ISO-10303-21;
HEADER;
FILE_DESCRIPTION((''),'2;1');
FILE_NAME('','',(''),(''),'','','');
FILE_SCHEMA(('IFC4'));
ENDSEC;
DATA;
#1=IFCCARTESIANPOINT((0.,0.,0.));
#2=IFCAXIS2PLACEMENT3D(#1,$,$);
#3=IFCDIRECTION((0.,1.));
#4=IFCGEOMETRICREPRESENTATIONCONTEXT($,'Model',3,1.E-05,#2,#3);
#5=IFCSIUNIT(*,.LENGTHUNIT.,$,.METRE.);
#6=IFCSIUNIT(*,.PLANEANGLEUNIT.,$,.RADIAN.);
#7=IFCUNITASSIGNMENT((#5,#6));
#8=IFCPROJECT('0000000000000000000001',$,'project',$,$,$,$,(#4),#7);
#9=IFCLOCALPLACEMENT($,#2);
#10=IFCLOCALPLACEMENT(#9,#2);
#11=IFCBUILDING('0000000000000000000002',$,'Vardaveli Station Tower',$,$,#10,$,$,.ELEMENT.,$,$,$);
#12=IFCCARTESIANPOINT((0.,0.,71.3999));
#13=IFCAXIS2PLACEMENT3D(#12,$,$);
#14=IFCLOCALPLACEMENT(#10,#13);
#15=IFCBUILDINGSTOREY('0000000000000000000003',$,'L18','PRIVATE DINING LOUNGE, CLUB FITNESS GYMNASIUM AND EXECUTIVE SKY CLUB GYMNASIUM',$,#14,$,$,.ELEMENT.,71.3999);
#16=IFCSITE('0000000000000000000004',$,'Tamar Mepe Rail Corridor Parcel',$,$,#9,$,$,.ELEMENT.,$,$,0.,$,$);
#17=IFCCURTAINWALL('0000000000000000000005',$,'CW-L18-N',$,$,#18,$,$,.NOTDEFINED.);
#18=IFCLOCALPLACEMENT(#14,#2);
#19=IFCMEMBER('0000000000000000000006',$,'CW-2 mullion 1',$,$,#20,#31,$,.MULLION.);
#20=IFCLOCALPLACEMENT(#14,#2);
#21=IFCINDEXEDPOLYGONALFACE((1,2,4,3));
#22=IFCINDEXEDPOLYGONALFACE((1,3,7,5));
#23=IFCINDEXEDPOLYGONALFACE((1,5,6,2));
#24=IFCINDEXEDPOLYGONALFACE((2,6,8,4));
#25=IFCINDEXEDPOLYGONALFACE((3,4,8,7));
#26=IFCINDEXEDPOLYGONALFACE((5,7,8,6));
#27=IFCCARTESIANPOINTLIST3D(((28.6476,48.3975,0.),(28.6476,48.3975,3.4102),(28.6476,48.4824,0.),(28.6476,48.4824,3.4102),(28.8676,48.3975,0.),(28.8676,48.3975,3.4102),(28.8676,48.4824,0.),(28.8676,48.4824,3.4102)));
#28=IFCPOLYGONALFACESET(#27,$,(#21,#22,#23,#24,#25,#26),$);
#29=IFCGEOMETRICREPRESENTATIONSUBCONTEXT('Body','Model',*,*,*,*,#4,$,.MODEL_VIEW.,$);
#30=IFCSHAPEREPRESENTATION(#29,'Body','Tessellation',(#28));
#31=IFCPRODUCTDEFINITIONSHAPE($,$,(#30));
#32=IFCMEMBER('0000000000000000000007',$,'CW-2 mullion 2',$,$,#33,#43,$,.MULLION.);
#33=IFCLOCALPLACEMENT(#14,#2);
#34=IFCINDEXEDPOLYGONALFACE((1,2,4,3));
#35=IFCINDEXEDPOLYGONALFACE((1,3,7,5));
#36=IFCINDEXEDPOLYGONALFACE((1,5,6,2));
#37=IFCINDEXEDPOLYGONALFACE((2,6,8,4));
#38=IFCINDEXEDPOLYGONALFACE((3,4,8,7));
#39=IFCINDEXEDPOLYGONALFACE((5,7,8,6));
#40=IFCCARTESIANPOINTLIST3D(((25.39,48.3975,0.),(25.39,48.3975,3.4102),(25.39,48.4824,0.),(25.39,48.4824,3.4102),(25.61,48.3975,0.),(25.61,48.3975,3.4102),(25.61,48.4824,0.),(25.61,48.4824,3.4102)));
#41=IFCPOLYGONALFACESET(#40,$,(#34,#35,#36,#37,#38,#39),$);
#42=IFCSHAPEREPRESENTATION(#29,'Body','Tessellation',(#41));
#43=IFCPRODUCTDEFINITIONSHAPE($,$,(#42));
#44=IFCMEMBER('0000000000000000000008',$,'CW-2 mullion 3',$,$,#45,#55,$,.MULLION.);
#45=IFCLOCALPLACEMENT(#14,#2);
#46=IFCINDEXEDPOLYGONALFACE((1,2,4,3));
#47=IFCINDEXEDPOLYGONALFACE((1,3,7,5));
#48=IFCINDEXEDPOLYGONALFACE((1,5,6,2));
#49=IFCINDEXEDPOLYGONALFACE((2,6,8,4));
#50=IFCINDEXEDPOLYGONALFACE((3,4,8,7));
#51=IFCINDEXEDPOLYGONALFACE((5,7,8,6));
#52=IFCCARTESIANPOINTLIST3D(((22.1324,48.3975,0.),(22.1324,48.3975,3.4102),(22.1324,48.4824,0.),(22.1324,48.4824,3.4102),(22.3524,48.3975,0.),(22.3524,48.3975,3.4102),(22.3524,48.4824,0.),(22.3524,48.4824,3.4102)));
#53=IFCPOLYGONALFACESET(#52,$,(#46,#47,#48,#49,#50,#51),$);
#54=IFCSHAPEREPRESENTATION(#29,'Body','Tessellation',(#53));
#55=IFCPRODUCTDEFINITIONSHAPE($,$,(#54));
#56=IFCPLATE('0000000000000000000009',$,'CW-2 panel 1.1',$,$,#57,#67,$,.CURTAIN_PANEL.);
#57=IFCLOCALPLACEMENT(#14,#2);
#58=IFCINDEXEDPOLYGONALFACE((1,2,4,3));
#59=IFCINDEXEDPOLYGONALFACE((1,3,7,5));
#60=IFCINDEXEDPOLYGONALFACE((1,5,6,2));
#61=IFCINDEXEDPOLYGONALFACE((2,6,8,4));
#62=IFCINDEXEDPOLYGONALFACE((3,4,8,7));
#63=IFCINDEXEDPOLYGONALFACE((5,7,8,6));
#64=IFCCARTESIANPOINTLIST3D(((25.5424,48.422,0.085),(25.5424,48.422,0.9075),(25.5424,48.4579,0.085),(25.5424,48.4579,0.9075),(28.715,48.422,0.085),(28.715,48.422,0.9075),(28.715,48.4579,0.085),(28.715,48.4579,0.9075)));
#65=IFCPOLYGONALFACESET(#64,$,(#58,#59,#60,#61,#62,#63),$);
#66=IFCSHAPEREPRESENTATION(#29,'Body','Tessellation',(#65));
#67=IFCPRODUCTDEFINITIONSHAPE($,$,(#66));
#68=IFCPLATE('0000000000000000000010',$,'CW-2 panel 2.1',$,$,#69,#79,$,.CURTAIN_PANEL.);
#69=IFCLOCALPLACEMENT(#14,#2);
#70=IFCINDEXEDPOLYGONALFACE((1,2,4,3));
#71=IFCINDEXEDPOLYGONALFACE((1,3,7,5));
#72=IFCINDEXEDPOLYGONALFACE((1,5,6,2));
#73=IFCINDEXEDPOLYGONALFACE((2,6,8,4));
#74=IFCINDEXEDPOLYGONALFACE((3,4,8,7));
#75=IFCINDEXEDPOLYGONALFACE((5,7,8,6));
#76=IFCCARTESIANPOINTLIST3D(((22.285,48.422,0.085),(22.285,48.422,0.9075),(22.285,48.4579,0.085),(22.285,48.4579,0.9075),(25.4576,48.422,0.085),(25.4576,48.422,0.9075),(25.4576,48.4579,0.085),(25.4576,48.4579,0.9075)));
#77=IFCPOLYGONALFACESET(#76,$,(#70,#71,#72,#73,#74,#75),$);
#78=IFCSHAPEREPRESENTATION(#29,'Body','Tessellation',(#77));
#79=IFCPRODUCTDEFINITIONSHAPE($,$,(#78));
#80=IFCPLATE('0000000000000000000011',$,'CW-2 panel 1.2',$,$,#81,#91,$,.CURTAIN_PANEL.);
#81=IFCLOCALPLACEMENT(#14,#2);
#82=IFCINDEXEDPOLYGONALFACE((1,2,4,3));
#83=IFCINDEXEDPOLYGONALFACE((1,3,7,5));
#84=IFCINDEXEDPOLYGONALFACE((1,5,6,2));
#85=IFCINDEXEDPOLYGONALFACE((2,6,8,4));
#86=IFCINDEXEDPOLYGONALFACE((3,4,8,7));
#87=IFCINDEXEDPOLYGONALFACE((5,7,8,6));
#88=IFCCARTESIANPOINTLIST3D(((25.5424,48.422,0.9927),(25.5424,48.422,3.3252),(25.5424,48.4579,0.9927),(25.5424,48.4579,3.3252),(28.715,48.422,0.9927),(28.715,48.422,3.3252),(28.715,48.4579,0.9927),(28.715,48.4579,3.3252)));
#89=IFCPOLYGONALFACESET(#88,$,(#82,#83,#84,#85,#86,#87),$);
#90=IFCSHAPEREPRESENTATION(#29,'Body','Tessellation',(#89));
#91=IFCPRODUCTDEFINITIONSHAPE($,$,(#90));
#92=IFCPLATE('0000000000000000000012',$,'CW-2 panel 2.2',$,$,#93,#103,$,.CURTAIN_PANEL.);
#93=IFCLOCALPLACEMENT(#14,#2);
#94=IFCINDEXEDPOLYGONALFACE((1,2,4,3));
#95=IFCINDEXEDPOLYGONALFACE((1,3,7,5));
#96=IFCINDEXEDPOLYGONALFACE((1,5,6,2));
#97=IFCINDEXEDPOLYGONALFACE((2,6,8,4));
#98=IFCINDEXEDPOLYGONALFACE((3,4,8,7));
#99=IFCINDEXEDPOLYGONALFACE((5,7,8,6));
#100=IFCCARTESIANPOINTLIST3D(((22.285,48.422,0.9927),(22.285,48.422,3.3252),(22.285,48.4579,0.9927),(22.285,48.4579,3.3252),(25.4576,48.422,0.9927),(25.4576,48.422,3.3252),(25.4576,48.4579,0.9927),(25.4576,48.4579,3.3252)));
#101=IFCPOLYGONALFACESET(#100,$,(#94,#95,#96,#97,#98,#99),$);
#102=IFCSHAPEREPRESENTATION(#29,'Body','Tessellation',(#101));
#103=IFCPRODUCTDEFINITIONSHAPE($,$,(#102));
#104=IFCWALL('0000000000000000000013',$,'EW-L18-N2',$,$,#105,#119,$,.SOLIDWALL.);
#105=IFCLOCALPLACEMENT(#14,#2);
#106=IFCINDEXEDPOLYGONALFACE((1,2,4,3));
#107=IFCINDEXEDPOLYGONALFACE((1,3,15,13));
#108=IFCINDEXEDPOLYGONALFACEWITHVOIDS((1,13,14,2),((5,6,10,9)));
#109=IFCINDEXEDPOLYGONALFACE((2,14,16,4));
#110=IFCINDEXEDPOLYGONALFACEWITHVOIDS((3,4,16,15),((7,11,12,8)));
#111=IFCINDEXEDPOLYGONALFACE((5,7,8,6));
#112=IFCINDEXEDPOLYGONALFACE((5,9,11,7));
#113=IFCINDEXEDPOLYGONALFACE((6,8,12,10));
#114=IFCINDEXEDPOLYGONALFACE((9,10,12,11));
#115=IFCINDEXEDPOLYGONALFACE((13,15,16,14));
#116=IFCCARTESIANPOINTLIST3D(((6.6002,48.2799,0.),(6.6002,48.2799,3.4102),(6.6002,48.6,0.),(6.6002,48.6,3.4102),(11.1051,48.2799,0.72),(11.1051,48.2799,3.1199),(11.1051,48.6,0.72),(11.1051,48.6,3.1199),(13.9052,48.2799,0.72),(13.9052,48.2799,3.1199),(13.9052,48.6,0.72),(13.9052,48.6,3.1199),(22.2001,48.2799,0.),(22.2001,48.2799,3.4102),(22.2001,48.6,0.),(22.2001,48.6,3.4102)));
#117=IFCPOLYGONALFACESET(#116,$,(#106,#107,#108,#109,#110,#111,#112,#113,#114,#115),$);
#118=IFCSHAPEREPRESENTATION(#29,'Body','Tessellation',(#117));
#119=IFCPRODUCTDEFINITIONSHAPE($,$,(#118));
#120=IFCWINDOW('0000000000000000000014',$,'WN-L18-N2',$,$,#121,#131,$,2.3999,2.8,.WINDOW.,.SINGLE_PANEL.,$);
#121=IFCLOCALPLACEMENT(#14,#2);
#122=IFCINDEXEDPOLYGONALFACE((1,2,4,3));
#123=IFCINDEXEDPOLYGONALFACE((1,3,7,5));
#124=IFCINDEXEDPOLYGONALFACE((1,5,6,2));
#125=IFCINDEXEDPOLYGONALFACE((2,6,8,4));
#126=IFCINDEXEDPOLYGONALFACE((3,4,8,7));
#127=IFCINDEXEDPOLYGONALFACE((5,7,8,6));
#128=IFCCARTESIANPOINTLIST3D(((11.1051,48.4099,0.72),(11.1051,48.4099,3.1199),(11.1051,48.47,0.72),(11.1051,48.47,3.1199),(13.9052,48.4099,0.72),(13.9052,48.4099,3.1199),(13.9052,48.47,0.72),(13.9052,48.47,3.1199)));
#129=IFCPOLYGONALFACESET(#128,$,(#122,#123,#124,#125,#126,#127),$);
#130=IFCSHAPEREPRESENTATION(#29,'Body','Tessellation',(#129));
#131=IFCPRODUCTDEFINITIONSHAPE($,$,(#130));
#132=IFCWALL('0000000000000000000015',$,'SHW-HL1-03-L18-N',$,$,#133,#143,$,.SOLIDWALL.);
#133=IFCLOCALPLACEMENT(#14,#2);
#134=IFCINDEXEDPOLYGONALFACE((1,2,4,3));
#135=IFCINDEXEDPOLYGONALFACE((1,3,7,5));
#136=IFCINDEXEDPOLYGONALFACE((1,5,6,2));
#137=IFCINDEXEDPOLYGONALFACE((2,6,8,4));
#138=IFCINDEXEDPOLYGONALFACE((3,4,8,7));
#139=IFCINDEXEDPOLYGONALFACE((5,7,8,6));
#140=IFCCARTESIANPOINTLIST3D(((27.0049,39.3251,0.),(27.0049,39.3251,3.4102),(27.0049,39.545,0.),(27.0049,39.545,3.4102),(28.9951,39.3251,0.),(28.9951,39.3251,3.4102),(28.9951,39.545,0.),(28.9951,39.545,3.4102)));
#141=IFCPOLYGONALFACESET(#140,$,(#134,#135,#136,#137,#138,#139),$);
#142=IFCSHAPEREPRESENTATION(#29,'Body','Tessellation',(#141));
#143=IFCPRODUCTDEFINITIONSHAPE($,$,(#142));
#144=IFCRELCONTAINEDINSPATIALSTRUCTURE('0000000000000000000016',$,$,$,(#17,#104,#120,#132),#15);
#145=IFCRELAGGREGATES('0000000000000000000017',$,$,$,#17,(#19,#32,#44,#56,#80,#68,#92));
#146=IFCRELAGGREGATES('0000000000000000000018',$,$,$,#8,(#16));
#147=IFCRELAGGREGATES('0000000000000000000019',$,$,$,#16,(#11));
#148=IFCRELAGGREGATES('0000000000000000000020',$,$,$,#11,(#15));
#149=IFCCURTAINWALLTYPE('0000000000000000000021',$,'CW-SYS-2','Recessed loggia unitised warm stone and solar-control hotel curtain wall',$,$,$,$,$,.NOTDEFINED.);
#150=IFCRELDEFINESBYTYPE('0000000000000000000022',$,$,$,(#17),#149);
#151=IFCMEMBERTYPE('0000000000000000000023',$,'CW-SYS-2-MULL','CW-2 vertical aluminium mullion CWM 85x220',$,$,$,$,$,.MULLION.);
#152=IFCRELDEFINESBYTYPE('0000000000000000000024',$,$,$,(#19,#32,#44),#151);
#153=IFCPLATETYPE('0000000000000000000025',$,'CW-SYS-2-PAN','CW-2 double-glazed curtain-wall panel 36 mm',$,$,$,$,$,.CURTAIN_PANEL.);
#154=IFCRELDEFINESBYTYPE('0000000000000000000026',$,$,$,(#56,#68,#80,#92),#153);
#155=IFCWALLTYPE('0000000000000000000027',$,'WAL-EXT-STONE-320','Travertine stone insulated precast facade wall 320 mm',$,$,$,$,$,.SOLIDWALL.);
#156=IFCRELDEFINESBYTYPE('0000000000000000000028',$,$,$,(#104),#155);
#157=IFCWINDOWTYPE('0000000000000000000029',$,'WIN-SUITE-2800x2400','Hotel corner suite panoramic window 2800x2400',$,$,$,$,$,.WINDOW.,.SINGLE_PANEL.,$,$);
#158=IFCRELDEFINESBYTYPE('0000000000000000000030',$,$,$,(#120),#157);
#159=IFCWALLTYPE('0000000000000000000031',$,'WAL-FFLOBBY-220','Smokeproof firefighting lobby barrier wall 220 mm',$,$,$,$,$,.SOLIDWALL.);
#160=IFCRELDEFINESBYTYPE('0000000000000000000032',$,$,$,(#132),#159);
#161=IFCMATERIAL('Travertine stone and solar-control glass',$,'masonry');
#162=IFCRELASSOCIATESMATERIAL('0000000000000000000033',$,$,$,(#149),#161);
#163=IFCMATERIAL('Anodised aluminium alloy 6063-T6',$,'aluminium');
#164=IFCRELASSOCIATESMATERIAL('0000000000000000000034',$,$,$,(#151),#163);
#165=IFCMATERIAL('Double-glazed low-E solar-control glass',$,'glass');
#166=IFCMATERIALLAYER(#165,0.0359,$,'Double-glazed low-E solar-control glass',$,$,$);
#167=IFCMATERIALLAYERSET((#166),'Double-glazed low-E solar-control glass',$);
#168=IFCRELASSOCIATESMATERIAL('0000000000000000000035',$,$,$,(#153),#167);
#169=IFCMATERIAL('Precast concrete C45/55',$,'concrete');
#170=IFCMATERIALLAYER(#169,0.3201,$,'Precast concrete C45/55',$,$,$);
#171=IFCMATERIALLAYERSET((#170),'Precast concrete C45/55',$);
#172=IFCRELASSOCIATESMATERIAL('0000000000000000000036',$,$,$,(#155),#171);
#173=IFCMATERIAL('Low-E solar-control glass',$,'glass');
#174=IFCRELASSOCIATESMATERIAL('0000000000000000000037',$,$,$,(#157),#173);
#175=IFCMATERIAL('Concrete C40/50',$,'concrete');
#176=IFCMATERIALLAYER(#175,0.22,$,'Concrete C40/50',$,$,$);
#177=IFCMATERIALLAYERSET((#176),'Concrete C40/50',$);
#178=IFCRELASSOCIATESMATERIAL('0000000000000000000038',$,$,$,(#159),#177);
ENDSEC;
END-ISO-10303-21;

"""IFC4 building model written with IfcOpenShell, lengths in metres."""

from ifc_helpers import new_model, si_unit, direction, frame, frame_2d, origin, origin_2d, place, context, subcontext, project, spatial, rectangle, extrude, source, transform, mapped, material, layer, layer_set, material_profile, profile_set, type_object, element, fill, aggregate, save


model = new_model("IFC4")

# Units and contexts
model_context = context("Model", 3, precision=1e-05, world=origin(), true_north=direction((0.0, 1.0)))
body_context = subcontext(model_context, "Body", "Model", "MODEL_VIEW")
ifc_project = project(units=[si_unit("LENGTHUNIT", "METRE"), si_unit("PLANEANGLEUNIT", "RADIAN")], contexts=[model_context])

# Site, building, storey
site_placement = place(None, origin())
site = spatial("IfcSite", under=ifc_project, at=site_placement, Name="Tamar Mepe Rail Corridor Parcel", CompositionType="ELEMENT", RefElevation=0.0)
building_placement = place(site_placement, origin())
building = spatial("IfcBuilding", under=site, at=building_placement, Name="Vardaveli Station Tower", CompositionType="ELEMENT")
storey_placement = place(building_placement, frame((0.0, 0.0, 71.3999)))
storey = spatial("IfcBuildingStorey", under=building, at=storey_placement, Name="L18", Description="PRIVATE DINING LOUNGE, CLUB FITNESS GYMNASIUM AND EXECUTIVE SKY CLUB GYMNASIUM", CompositionType="ELEMENT", Elevation=71.3999)

# Shared definitions
ifc_material_1 = material(Name="Precast concrete C45/55", Category="concrete")

# Curtain wall, members, plates
ifc_material_2 = material(Name="Travertine stone and solar-control glass", Category="masonry")
curtain_wall_type = type_object("IfcCurtainWallType", Name="CW-SYS-2", Description="Recessed loggia unitised warm stone and solar-control hotel curtain wall", PredefinedType="NOTDEFINED", material=ifc_material_2)
curtain_wall_placement = place(storey_placement, origin())
curtain_wall = element("IfcCurtainWall", 1, at=curtain_wall_placement, inside=storey, type_object=curtain_wall_type, Name="CW-L18-N", PredefinedType="NOTDEFINED")
ifc_material_3 = material(Name="Anodised aluminium alloy 6063-T6", Category="aluminium")
ifc_material_profile_1 = material_profile(ifc_material_3, rectangle(XDim=0.085, YDim=0.22, at=origin_2d()), Name="CWM 85x220")
ifc_profile_set_1 = profile_set([ifc_material_profile_1], Name="Anodised aluminium alloy 6063-T6")
member_type_1 = type_object("IfcMemberType", Name="CW-SYS-2-MULL", Description="CW-2 vertical aluminium mullion CWM 85x220", PredefinedType="MULLION", material=ifc_profile_set_1)
shared_shape_1 = source(origin(), body_context, "Body", "SweptSolid", [
    extrude(rectangle(XDim=0.085, YDim=0.22, at=origin_2d()), origin(), (0.0, 0.0, 1.0), 3.4102),
])
member_1_placement = place(storey_placement, frame((28.7576, 48.4399, 0.0), z_axis=(0.0, 0.0, 1.0), x_axis=(0.0, -1.0, 0.0)))
member_1 = element("IfcMember", 2, at=member_1_placement, type_object=member_type_1, Name="CW-2 mullion 1", PredefinedType="MULLION", context=body_context, shape_type="MappedRepresentation", body=[
    mapped(shared_shape_1, transform((0.0, 0.0, 0.0), scale=1.0)),
])
member_2_placement = place(storey_placement, frame((25.5, 48.4399, 0.0), z_axis=(0.0, 0.0, 1.0), x_axis=(0.0, -1.0, 0.0)))
member_2 = element("IfcMember", 3, at=member_2_placement, type_object=member_type_1, Name="CW-2 mullion 2", PredefinedType="MULLION", context=body_context, shape_type="MappedRepresentation", body=[
    mapped(shared_shape_1, transform((0.0, 0.0, 0.0), scale=1.0)),
])
member_3_placement = place(storey_placement, frame((22.2424, 48.4399, 0.0), z_axis=(0.0, 0.0, 1.0), x_axis=(0.0, -1.0, 0.0)))
member_3 = element("IfcMember", 4, at=member_3_placement, type_object=member_type_1, Name="CW-2 mullion 3", PredefinedType="MULLION", context=body_context, shape_type="MappedRepresentation", body=[
    mapped(shared_shape_1, transform((0.0, 0.0, 0.0), scale=1.0)),
])
ifc_material_4 = material(Name="Double-glazed low-E solar-control glass", Category="glass")
ifc_layer_1 = layer(ifc_material_4, 0.0359, Name="Double-glazed low-E solar-control glass")
ifc_layer_set_1 = layer_set([ifc_layer_1], Name="Double-glazed low-E solar-control glass")
plate_type = type_object("IfcPlateType", Name="CW-SYS-2-PAN", Description="CW-2 double-glazed curtain-wall panel 36 mm", PredefinedType="CURTAIN_PANEL", material=ifc_layer_set_1)
shared_shape_2 = source(origin(), body_context, "Body", "SweptSolid", [
    extrude(rectangle(XDim=3.1726, YDim=0.0359, at=origin_2d()), origin(), (0.0, 0.0, 1.0), 0.8225),
])
plate_1_placement = place(storey_placement, frame((27.1287, 48.4399, 0.085), z_axis=(0.0, 0.0, 1.0), x_axis=(-1.0, 0.0, 0.0)))
plate_1 = element("IfcPlate", 5, at=plate_1_placement, type_object=plate_type, Name="CW-2 panel 1.1", PredefinedType="CURTAIN_PANEL", context=body_context, shape_type="MappedRepresentation", body=[
    mapped(shared_shape_2, transform((0.0, 0.0, 0.0), scale=1.0)),
])
plate_2_placement = place(storey_placement, frame((23.8713, 48.4399, 0.085), z_axis=(0.0, 0.0, 1.0), x_axis=(-1.0, 0.0, 0.0)))
plate_2 = element("IfcPlate", 6, at=plate_2_placement, type_object=plate_type, Name="CW-2 panel 2.1", PredefinedType="CURTAIN_PANEL", context=body_context, shape_type="MappedRepresentation", body=[
    mapped(shared_shape_2, transform((0.0, 0.0, 0.0), scale=1.0)),
])
shared_shape_3 = source(origin(), body_context, "Body", "SweptSolid", [
    extrude(rectangle(XDim=3.1726, YDim=0.0359, at=origin_2d()), origin(), (0.0, 0.0, 1.0), 2.3325),
])
plate_3_placement = place(storey_placement, frame((27.1287, 48.4399, 0.9927), z_axis=(0.0, 0.0, 1.0), x_axis=(-1.0, 0.0, 0.0)))
plate_3 = element("IfcPlate", 7, at=plate_3_placement, type_object=plate_type, Name="CW-2 panel 1.2", PredefinedType="CURTAIN_PANEL", context=body_context, shape_type="MappedRepresentation", body=[
    mapped(shared_shape_3, transform((0.0, 0.0, 0.0), scale=1.0)),
])
plate_4_placement = place(storey_placement, frame((23.8713, 48.4399, 0.9927), z_axis=(0.0, 0.0, 1.0), x_axis=(-1.0, 0.0, 0.0)))
plate_4 = element("IfcPlate", 8, at=plate_4_placement, type_object=plate_type, Name="CW-2 panel 2.2", PredefinedType="CURTAIN_PANEL", context=body_context, shape_type="MappedRepresentation", body=[
    mapped(shared_shape_3, transform((0.0, 0.0, 0.0), scale=1.0)),
])
aggregate(curtain_wall, [member_1, member_2, member_3, plate_1, plate_3, plate_2, plate_4])

# Wall, opening, window
ifc_layer_2 = layer(ifc_material_1, 0.3201, Name="Precast concrete C45/55")
ifc_layer_set_2 = layer_set([ifc_layer_2], Name="Precast concrete C45/55")
wall_type_1 = type_object("IfcWallType", Name="WAL-EXT-STONE-320", Description="Travertine stone insulated precast facade wall 320 mm", PredefinedType="SOLIDWALL", material=ifc_layer_set_2)
shared_shape_4 = source(origin(), body_context, "Body", "SweptSolid", [
    extrude(rectangle(XDim=15.5999, YDim=0.3201, at=frame_2d((7.7998, 0.0))), origin(), (0.0, 0.0, 1.0), 3.4102),
])
wall_1_placement = place(storey_placement, frame((22.2, 48.4399, 0.0), z_axis=(0.0, 0.0, 1.0), x_axis=(-1.0, 0.0, 0.0)))
wall_1 = element("IfcWall", 9, at=wall_1_placement, inside=storey, type_object=wall_type_1, Name="EW-L18-N2", PredefinedType="SOLIDWALL", context=body_context, shape_type="MappedRepresentation", body=[
    mapped(shared_shape_4, transform((0.0, 0.0, 0.0), scale=1.0)),
])
shared_shape_5 = source(origin(), body_context, "Body", "SweptSolid", [
    extrude(rectangle(XDim=2.8, YDim=2.3999, at=frame_2d((1.3999, 1.2))), frame((0.0, 0.1699, 0.0), z_axis=(0.0, -1.0, 0.0), x_axis=(1.0, 0.0, 0.0)), (0.0, 0.0, 1.0), 0.3401),
])
opening_1_placement = place(wall_1_placement, frame((8.2949, 0.0, 0.72)))
opening_1 = element("IfcOpeningElement", 10, at=opening_1_placement, cuts=wall_1, PredefinedType="OPENING", context=body_context, shape_type="MappedRepresentation", body=[
    mapped(shared_shape_5, transform((0.0, 0.0, 0.0), scale=1.0)),
])
ifc_material_5 = material(Name="Low-E solar-control glass", Category="glass")
window_type = type_object("IfcWindowType", Name="WIN-SUITE-2800x2400", Description="Hotel corner suite panoramic window 2800x2400", PartitioningType="SINGLE_PANEL", PredefinedType="WINDOW", material=ifc_material_5)
shared_shape_6 = source(origin(), body_context, "Body", "SweptSolid", [
    extrude(rectangle(XDim=2.8, YDim=2.3999, at=frame_2d((1.3999, 1.2))), frame((0.0, 0.03, 0.0), z_axis=(0.0, -1.0, 0.0), x_axis=(1.0, 0.0, 0.0)), (0.0, 0.0, 1.0), 0.0601),
])
window_placement = place(opening_1_placement, origin())
window = element("IfcWindow", 11, at=window_placement, inside=storey, type_object=window_type, Name="WN-L18-N2", OverallHeight=2.3999, OverallWidth=2.8, PartitioningType="SINGLE_PANEL", PredefinedType="WINDOW", context=body_context, shape_type="MappedRepresentation", body=[
    mapped(shared_shape_6, transform((0.0, 0.0, 0.0), scale=1.0)),
])
fill(opening_1, window)

# Wall
ifc_material_6 = material(Name="Concrete C40/50", Category="concrete")
ifc_layer_3 = layer(ifc_material_6, 0.22, Name="Concrete C40/50")
ifc_layer_set_3 = layer_set([ifc_layer_3], Name="Concrete C40/50")
wall_type_2 = type_object("IfcWallType", Name="WAL-FFLOBBY-220", Description="Smokeproof firefighting lobby barrier wall 220 mm", PredefinedType="SOLIDWALL", material=ifc_layer_set_3)
shared_shape_7 = source(origin(), body_context, "Body", "SweptSolid", [
    extrude(rectangle(XDim=1.9902, YDim=0.22, at=frame_2d((0.9951, 0.0))), origin(), (0.0, 0.0, 1.0), 3.4102),
])
wall_2_placement = place(storey_placement, frame((27.0049, 39.4351, 0.0), z_axis=(0.0, 0.0, 1.0), x_axis=(1.0, 0.0, 0.0)))
element("IfcWall", 12, at=wall_2_placement, inside=storey, type_object=wall_type_2, Name="SHW-HL1-03-L18-N", PredefinedType="SOLIDWALL", context=body_context, shape_type="MappedRepresentation", body=[
    mapped(shared_shape_7, transform((0.0, 0.0, 0.0), scale=1.0)),
])

save(model, "model.ifc")
